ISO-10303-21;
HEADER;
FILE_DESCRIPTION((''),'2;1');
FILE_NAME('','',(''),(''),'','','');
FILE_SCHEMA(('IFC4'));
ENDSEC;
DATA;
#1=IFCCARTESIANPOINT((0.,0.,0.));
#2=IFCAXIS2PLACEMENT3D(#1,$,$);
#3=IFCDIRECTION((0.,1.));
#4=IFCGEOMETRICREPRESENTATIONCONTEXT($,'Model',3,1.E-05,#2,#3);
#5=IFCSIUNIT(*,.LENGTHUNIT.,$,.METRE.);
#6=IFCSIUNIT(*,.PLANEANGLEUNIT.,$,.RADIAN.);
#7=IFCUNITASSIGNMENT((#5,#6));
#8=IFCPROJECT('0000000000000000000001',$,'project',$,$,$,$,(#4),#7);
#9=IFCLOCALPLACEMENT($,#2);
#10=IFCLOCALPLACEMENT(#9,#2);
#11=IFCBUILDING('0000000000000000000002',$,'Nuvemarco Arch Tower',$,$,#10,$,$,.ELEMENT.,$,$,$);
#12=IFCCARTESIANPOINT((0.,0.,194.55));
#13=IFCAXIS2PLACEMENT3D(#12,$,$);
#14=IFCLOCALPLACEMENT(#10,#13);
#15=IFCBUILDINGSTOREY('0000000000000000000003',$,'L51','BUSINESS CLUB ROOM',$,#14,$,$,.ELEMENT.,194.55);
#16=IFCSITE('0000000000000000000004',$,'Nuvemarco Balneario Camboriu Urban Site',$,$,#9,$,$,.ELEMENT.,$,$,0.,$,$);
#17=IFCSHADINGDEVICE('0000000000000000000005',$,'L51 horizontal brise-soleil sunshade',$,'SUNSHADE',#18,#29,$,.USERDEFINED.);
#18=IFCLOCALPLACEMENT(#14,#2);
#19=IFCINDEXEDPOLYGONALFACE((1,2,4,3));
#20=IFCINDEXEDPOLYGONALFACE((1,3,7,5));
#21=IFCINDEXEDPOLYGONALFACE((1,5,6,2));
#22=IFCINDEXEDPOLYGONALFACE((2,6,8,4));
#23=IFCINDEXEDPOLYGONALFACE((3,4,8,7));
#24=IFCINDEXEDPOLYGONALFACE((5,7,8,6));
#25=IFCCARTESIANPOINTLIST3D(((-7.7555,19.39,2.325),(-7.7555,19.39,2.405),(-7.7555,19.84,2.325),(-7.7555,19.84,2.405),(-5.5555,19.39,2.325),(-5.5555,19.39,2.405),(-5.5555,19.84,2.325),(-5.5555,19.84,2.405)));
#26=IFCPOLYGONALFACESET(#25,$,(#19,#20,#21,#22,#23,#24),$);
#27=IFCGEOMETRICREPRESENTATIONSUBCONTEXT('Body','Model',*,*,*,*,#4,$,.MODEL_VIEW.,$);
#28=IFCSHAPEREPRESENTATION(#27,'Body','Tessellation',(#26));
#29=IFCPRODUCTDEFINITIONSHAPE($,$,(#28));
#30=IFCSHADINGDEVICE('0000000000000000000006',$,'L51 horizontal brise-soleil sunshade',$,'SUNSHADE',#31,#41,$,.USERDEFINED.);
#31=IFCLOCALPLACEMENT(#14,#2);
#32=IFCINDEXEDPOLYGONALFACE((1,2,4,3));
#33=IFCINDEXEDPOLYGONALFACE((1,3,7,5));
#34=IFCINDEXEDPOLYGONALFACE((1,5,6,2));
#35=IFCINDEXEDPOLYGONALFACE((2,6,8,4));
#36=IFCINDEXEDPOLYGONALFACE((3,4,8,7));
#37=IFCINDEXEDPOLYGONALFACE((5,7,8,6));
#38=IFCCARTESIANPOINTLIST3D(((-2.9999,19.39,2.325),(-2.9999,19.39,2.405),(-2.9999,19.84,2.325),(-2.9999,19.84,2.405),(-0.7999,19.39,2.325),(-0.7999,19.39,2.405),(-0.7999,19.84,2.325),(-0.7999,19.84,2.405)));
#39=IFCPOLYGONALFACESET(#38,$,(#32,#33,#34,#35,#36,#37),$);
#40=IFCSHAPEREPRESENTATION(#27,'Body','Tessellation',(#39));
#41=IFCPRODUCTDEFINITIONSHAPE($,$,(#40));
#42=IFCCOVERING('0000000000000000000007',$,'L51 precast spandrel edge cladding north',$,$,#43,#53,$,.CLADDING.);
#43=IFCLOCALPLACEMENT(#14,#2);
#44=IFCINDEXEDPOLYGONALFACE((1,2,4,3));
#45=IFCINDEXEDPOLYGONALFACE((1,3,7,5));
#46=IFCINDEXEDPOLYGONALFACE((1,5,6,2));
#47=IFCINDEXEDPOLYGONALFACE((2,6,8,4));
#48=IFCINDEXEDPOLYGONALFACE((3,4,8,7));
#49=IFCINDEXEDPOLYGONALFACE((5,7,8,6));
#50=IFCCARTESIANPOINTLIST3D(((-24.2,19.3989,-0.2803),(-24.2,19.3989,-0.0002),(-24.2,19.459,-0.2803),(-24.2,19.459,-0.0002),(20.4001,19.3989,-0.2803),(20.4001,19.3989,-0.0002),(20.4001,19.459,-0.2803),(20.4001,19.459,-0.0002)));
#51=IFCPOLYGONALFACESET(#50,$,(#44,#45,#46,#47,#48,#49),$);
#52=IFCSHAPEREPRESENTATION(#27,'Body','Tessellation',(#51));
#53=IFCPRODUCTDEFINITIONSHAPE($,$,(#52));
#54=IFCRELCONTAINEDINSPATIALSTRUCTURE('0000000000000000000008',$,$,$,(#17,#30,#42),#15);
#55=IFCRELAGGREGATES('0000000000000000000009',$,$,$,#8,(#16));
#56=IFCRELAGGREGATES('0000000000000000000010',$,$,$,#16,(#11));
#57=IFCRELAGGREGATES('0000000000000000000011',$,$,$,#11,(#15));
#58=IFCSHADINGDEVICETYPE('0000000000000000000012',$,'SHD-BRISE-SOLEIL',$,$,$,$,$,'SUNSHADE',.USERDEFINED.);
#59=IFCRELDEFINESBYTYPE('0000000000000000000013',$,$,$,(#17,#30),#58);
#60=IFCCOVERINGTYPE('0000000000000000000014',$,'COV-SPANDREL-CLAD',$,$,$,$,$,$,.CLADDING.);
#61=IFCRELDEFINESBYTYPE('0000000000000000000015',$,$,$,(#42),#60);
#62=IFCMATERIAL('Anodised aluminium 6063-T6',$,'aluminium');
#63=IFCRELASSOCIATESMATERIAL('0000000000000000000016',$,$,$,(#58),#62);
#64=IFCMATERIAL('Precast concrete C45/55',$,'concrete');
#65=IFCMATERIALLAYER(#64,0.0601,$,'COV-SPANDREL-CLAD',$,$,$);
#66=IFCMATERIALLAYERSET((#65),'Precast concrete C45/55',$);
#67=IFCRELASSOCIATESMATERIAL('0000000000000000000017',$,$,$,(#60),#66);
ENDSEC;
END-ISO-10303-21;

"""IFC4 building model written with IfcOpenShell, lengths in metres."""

from ifc_helpers import new_model, si_unit, direction, frame, origin, origin_2d, place, context, subcontext, project, spatial, rectangle, extrude, source, transform, mapped, material, layer, layer_set, type_object, type_shapes, element, save


model = new_model("IFC4")

# Units and contexts
model_context = context("Model", 3, precision=1e-05, world=origin(), true_north=direction((0.0, 1.0)))
body_context = subcontext(model_context, "Body", "Model", "MODEL_VIEW")
ifc_project = project(units=[si_unit("LENGTHUNIT", "METRE"), si_unit("PLANEANGLEUNIT", "RADIAN")], contexts=[model_context])

# Site, building, storey
site_placement = place(None, origin())
site = spatial("IfcSite", under=ifc_project, at=site_placement, Name="Nuvemarco Balneario Camboriu Urban Site", CompositionType="ELEMENT", RefElevation=0.0)
building_placement = place(site_placement, origin())
building = spatial("IfcBuilding", under=site, at=building_placement, Name="Nuvemarco Arch Tower", CompositionType="ELEMENT")
storey_placement = place(building_placement, frame((0.0, 0.0, 194.55)))
storey = spatial("IfcBuildingStorey", under=building, at=storey_placement, Name="L51", Description="BUSINESS CLUB ROOM", CompositionType="ELEMENT", Elevation=194.55)

# Shared definitions
ifc_material_1 = material(Name="Precast concrete C45/55", Category="concrete")

# Shading devices
ifc_material_2 = material(Name="Anodised aluminium 6063-T6", Category="aluminium")
shading_device_type = type_object("IfcShadingDeviceType", Name="SHD-BRISE-SOLEIL", ElementType="SUNSHADE", PredefinedType="USERDEFINED", material=ifc_material_2)
shared_shape_1 = source(origin(), body_context, "Body", "SweptSolid", [
    extrude(rectangle(XDim=2.2, YDim=0.45, at=origin_2d()), origin(), (0.0, 0.0, 1.0), 0.0801),
])
type_shapes(shading_device_type, [shared_shape_1])
for number, where, z_axis, x_axis, name in (
    (1, (-6.6555, 19.615, 2.325), (0.0, 0.0, 1.0), (1.0, 0.0, 0.0), "L51 horizontal brise-soleil sunshade"),
    (2, (-1.8999, 19.615, 2.325), (0.0, 0.0, 1.0), (1.0, 0.0, 0.0), "L51 horizontal brise-soleil sunshade"),
):
    element("IfcShadingDevice", number, at=place(storey_placement, frame(where, z_axis=z_axis, x_axis=x_axis)), inside=storey, type_object=shading_device_type, Name=name, ObjectType="SUNSHADE", PredefinedType="USERDEFINED", context=body_context, shape_type="MappedRepresentation", body=[
        mapped(shared_shape_1, transform((0.0, 0.0, 0.0), scale=1.0)),
    ])

# Covering
ifc_layer_1 = layer(ifc_material_1, 0.0601, Name="COV-SPANDREL-CLAD")
ifc_layer_set_1 = layer_set([ifc_layer_1], Name="Precast concrete C45/55")
covering_type = type_object("IfcCoveringType", Name="COV-SPANDREL-CLAD", PredefinedType="CLADDING", material=ifc_layer_set_1)
shared_shape_2 = source(origin(), body_context, "Body", "SweptSolid", [
    extrude(rectangle(XDim=44.6001, YDim=0.0601, at=origin_2d()), origin(), (0.0, 0.0, 1.0), 0.28),
])
type_shapes(covering_type, [shared_shape_2])
covering_placement = place(storey_placement, frame((-1.8999, 19.429, -0.2803), z_axis=(0.0, 0.0, 1.0), x_axis=(1.0, 0.0, 0.0)))
element("IfcCovering", 3, at=covering_placement, inside=storey, type_object=covering_type, Name="L51 precast spandrel edge cladding north", PredefinedType="CLADDING", context=body_context, shape_type="MappedRepresentation", body=[
    mapped(shared_shape_2, transform((0.0, 0.0, 0.0), scale=1.0)),
])

save(model, "model.ifc")
